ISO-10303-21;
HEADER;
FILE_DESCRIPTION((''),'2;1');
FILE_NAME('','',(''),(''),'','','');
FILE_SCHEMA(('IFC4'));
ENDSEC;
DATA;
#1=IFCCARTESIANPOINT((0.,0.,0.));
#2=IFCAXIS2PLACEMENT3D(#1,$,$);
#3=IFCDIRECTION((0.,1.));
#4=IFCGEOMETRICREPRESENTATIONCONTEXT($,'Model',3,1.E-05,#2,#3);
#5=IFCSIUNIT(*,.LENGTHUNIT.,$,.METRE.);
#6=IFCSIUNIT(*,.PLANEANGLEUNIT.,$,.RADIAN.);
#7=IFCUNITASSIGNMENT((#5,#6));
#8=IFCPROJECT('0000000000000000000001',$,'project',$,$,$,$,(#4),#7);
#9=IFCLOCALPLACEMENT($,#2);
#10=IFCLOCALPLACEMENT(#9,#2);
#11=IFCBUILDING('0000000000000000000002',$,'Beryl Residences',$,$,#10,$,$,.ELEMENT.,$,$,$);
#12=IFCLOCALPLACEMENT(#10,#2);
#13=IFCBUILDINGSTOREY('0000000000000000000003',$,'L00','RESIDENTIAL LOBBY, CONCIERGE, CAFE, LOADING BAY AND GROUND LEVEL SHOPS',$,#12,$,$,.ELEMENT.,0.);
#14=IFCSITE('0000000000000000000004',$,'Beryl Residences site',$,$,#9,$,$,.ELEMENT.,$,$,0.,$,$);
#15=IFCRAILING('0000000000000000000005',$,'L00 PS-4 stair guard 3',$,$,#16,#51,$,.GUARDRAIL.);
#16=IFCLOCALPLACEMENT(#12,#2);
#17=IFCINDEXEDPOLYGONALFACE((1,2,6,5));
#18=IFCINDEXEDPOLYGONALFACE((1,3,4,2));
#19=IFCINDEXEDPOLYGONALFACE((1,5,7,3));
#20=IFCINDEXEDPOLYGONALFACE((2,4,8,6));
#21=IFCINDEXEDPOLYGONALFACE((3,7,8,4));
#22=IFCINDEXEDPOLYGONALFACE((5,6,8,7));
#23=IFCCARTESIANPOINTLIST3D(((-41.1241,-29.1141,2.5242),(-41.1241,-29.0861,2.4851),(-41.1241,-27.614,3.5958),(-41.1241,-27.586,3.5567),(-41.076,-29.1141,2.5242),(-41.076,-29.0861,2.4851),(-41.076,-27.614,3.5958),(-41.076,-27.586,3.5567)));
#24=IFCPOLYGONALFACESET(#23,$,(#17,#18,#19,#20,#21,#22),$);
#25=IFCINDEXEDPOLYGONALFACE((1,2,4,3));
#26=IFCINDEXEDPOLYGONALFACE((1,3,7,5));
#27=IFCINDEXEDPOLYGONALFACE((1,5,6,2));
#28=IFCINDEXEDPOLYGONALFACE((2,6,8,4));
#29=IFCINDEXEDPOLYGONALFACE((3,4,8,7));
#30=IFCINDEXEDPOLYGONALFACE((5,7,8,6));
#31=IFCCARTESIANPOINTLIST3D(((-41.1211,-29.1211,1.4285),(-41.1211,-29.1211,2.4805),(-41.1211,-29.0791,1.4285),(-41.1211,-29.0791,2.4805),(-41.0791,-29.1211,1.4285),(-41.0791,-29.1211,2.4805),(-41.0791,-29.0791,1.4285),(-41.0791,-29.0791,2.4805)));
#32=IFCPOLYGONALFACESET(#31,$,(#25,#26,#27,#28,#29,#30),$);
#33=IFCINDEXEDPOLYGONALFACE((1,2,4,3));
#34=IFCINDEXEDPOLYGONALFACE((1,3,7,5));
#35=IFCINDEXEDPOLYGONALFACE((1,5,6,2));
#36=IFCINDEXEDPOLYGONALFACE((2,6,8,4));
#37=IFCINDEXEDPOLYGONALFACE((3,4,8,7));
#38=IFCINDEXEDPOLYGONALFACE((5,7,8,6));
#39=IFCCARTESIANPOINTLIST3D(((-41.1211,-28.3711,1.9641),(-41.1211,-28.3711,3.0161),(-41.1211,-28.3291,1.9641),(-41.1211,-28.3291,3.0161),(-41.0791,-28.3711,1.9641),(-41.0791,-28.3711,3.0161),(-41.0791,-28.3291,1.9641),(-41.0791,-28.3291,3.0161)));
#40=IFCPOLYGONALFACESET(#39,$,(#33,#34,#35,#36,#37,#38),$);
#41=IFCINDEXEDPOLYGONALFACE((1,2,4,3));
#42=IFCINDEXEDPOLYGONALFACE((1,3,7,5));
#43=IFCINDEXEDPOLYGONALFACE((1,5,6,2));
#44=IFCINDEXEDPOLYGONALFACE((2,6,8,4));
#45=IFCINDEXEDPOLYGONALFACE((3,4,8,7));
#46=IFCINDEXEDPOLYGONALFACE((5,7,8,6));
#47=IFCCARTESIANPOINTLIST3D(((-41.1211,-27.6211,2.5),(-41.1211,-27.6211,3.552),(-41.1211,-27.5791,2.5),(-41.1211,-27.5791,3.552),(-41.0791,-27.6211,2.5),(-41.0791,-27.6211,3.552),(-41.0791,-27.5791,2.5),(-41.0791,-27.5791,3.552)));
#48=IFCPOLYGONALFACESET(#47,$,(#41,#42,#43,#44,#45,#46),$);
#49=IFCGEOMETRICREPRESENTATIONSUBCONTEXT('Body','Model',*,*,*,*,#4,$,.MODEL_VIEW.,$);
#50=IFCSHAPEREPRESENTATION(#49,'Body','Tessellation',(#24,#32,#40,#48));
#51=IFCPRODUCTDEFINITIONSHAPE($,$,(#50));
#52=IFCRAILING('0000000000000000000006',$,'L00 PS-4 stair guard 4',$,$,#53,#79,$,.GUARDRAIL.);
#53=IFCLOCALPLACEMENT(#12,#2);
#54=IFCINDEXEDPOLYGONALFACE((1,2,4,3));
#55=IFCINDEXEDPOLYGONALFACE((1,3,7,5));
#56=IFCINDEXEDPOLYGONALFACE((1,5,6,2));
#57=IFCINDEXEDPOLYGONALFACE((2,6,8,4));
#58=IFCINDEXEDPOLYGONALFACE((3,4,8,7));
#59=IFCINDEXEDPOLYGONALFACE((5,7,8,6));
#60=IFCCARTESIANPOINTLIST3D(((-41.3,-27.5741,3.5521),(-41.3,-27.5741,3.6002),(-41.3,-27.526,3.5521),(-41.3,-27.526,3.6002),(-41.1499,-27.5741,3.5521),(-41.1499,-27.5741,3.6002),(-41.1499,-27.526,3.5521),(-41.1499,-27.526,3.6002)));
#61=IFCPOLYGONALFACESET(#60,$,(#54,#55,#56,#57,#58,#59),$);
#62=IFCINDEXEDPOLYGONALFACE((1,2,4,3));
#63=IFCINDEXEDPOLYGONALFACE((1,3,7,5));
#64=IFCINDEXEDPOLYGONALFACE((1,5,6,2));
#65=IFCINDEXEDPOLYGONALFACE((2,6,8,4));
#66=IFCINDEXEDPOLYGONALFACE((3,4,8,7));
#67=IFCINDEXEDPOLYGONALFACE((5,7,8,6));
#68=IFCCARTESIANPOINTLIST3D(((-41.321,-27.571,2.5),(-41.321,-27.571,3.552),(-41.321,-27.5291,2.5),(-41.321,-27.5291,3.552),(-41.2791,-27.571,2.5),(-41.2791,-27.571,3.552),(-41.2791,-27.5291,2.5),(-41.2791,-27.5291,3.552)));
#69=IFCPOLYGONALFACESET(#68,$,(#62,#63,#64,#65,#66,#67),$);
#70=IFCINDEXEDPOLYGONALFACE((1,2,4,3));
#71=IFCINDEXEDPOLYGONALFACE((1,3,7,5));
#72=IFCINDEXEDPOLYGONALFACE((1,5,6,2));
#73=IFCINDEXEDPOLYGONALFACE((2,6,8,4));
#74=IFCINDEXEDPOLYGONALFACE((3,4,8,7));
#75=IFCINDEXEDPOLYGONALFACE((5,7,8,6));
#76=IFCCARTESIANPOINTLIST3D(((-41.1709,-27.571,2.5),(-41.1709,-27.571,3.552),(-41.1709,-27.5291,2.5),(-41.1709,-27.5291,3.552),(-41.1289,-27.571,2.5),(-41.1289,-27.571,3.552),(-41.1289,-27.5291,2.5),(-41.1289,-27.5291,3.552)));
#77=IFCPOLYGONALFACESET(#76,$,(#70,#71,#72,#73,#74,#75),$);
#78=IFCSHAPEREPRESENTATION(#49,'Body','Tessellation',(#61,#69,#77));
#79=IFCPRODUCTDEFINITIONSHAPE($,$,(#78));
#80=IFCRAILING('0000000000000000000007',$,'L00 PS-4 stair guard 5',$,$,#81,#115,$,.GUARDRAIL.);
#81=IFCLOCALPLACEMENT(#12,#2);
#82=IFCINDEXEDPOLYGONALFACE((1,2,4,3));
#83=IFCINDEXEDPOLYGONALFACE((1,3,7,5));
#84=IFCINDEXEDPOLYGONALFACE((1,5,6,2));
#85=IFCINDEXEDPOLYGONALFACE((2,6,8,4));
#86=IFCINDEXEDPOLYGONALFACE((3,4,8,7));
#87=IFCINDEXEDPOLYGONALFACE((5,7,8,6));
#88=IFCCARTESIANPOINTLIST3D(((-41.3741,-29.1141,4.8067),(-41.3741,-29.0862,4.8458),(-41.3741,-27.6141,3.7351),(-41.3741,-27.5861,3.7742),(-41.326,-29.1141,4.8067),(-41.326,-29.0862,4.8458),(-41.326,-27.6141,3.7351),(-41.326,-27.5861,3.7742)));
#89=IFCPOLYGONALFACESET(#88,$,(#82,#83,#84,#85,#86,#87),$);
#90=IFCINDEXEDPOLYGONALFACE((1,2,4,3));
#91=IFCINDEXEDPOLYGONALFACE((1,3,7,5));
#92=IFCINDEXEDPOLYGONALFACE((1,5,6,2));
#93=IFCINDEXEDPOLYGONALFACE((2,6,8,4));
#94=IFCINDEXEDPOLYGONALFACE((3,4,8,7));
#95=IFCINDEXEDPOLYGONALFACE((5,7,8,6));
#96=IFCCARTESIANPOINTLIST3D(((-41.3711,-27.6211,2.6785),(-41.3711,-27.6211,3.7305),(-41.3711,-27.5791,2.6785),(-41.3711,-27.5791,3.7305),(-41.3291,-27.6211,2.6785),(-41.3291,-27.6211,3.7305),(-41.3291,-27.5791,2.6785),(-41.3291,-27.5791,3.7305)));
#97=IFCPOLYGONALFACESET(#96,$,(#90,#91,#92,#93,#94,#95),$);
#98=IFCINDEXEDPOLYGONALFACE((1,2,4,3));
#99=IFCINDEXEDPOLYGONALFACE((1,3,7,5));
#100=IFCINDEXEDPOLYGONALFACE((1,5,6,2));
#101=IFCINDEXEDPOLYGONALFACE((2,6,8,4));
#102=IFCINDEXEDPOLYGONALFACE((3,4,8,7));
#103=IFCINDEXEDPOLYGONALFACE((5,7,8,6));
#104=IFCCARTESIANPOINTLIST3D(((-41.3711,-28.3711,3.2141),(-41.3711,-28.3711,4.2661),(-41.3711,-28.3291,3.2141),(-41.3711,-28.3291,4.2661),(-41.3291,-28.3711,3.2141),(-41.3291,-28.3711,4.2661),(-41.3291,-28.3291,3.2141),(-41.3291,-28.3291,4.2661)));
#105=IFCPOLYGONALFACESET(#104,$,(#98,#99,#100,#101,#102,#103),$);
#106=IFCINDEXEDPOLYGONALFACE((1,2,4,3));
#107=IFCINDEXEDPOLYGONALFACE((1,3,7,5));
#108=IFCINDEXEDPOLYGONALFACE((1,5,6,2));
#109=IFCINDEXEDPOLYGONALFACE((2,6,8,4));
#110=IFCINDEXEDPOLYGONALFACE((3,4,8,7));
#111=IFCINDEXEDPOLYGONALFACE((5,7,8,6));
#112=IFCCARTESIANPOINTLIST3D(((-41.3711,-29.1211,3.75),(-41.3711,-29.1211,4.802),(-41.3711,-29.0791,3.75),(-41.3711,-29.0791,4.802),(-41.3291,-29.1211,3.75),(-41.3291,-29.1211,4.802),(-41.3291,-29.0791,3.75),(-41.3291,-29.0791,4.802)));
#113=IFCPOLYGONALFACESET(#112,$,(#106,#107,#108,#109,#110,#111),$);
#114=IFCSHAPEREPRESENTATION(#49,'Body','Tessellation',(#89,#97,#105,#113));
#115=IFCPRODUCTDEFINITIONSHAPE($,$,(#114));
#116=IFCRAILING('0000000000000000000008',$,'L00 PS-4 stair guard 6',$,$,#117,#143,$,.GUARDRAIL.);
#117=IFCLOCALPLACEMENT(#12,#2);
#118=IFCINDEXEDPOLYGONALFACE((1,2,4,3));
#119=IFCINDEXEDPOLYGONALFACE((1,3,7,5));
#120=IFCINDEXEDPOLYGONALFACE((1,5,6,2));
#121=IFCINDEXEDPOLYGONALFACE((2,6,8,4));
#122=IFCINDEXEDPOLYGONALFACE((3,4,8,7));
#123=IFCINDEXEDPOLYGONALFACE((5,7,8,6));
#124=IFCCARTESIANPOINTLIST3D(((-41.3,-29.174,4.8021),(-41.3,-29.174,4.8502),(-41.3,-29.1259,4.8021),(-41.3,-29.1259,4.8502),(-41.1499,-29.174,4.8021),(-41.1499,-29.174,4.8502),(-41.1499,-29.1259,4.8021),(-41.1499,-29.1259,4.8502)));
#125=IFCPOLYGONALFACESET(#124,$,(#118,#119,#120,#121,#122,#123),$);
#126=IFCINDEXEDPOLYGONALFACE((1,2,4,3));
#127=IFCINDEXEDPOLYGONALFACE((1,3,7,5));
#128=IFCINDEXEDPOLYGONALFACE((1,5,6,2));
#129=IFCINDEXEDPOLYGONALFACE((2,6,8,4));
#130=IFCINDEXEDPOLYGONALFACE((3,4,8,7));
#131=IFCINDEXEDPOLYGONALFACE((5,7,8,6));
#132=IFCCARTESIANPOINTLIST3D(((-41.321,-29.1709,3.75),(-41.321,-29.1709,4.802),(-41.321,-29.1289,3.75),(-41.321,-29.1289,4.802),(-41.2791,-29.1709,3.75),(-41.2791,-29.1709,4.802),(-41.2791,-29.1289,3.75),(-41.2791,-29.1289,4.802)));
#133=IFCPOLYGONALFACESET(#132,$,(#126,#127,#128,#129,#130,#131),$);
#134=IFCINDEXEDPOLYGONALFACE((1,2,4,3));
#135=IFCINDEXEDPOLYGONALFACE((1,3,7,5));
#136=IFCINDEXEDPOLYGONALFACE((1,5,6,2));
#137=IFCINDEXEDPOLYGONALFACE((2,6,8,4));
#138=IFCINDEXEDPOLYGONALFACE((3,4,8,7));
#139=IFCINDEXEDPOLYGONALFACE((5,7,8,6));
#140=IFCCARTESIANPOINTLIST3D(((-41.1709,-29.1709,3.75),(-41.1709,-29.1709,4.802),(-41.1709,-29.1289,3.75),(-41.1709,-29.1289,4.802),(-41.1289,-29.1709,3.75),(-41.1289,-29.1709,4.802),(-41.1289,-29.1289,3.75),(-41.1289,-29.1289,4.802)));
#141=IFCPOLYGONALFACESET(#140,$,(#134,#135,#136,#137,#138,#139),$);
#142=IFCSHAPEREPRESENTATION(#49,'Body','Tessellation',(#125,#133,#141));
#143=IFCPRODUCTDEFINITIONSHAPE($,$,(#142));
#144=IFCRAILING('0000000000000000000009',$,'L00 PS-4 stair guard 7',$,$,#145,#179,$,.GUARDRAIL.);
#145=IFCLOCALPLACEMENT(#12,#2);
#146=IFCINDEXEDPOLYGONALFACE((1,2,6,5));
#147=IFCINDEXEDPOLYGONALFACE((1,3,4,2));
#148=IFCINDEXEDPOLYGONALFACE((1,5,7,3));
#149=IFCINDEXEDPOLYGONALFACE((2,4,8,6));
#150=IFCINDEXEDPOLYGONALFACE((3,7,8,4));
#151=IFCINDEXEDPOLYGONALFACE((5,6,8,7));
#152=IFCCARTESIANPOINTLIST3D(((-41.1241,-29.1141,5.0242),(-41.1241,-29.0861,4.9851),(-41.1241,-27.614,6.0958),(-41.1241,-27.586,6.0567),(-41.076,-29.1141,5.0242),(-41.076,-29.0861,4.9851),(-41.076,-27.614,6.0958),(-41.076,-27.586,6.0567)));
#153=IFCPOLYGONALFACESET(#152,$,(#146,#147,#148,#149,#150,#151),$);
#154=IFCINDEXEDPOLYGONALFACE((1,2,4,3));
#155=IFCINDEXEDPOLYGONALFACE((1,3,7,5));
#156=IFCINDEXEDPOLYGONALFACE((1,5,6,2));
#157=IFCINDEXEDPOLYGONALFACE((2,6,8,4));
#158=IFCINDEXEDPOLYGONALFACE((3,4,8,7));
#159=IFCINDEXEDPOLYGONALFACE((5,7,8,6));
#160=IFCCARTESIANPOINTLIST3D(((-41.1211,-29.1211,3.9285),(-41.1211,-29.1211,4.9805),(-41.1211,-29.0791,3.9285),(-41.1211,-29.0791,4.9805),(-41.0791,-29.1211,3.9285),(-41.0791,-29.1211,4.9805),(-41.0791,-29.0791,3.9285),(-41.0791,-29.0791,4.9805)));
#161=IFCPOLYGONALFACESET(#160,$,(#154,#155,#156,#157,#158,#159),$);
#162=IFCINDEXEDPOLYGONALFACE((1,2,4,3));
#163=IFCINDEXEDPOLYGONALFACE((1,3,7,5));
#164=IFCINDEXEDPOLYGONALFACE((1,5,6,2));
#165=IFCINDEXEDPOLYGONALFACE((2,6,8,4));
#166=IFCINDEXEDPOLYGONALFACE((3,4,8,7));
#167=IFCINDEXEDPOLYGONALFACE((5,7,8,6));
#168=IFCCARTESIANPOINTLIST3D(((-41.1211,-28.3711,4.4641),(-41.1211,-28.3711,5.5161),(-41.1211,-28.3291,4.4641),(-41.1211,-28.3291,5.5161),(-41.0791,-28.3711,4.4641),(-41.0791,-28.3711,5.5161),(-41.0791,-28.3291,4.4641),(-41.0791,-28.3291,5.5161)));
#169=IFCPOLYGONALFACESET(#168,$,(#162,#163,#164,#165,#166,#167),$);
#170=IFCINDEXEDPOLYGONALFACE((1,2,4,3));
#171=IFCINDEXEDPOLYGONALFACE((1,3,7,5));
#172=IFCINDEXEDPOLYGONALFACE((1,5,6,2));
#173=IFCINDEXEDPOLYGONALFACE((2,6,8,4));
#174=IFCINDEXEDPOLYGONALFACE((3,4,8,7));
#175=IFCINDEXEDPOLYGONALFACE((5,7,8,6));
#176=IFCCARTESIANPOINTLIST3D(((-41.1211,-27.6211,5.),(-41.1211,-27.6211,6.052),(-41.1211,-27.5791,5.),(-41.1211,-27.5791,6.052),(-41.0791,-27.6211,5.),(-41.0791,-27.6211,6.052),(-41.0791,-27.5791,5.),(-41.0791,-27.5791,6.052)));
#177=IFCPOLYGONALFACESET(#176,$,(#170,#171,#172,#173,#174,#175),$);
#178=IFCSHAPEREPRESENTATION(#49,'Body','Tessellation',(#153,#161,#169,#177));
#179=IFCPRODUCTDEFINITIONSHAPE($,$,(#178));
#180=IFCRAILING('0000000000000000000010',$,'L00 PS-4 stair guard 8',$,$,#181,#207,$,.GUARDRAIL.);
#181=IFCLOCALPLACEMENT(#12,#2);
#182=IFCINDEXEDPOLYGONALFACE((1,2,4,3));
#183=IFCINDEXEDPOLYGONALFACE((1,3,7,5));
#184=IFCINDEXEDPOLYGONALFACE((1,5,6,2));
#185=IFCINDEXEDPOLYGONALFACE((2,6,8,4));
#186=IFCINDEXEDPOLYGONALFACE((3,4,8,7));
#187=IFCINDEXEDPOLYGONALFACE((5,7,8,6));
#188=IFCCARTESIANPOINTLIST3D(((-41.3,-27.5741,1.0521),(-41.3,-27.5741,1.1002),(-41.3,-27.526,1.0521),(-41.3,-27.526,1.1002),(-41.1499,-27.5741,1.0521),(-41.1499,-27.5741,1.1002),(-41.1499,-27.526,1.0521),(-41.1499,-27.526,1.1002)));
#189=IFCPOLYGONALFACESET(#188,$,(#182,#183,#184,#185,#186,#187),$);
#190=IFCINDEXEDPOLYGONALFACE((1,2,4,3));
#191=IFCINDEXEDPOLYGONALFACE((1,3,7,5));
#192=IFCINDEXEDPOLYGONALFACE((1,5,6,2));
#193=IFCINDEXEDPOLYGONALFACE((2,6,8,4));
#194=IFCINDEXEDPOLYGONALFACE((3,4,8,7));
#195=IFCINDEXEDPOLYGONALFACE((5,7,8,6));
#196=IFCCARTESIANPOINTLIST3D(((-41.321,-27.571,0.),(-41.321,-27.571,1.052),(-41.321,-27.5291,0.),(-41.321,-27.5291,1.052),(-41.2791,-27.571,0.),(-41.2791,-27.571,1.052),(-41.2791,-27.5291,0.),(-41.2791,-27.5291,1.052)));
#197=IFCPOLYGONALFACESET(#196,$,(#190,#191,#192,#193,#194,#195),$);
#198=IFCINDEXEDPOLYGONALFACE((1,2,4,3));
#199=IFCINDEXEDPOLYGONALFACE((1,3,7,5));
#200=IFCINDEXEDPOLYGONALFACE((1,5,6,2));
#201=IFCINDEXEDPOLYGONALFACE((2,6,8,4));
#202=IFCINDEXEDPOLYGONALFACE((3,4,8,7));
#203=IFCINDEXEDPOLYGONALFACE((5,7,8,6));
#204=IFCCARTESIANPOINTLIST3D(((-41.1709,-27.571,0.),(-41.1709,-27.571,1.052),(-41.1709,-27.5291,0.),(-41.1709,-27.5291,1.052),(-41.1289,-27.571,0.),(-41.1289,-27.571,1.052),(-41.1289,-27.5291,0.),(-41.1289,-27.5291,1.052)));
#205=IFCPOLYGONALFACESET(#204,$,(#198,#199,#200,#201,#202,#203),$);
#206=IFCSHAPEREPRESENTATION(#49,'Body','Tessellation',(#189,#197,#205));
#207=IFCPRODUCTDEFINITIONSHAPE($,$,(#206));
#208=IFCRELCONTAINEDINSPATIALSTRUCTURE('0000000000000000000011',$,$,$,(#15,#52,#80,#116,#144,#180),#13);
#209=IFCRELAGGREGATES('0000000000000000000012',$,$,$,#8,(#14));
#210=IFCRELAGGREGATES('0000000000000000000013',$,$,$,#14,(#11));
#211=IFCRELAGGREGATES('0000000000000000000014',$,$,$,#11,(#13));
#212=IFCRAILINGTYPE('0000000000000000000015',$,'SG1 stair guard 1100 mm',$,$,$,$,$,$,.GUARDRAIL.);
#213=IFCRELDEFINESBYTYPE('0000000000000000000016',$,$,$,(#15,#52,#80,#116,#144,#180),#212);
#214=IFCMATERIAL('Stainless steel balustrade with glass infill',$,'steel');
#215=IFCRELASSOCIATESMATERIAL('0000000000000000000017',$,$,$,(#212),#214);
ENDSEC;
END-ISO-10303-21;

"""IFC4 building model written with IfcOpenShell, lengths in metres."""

from ifc_helpers import new_model, si_unit, direction, frame, origin, origin_2d, place, context, subcontext, project, spatial, rectangle, extrude, material, type_object, element, save


model = new_model("IFC4")

# Units and contexts
model_context = context("Model", 3, precision=1e-05, world=origin(), true_north=direction((0.0, 1.0)))
body_context = subcontext(model_context, "Body", "Model", "MODEL_VIEW")
ifc_project = project(units=[si_unit("LENGTHUNIT", "METRE"), si_unit("PLANEANGLEUNIT", "RADIAN")], contexts=[model_context])

# Site, building, storey
site_placement = place(None, origin())
site = spatial("IfcSite", under=ifc_project, at=site_placement, Name="Beryl Residences site", CompositionType="ELEMENT", RefElevation=0.0)
building_placement = place(site_placement, origin())
building = spatial("IfcBuilding", under=site, at=building_placement, Name="Beryl Residences", CompositionType="ELEMENT")
storey_placement = place(building_placement, origin())
storey = spatial("IfcBuildingStorey", under=building, at=storey_placement, Name="L00", Description="RESIDENTIAL LOBBY, CONCIERGE, CAFE, LOADING BAY AND GROUND LEVEL SHOPS", CompositionType="ELEMENT", Elevation=0.0)

# Railings
ifc_material_1 = material(Name="Stainless steel balustrade with glass infill", Category="steel")
railing_type_1 = type_object("IfcRailingType", Name="SG1 stair guard 1100 mm", PredefinedType="GUARDRAIL", material=ifc_material_1)
railing_1_placement = place(storey_placement, frame((-41.1001, -29.1001, 1.4285)))
element("IfcRailing", 1, at=railing_1_placement, inside=storey, type_object=railing_type_1, Name="L00 PS-4 stair guard 3", PredefinedType="GUARDRAIL", context=body_context, shape_type="SweptSolid", body=[
    extrude(rectangle(XDim=0.0481, YDim=0.0481, at=origin_2d()), frame((0.0, 0.0, 1.0762), z_axis=(0.0, 0.813707, 0.581276), x_axis=(-1.0, 0.0, 0.0)), (0.0, 0.0, 1.0), 1.8435),
    extrude(rectangle(XDim=0.042, YDim=0.042, at=origin_2d()), origin(), (0.0, 0.0, 1.0), 1.052),
    extrude(rectangle(XDim=0.042, YDim=0.042, at=origin_2d()), frame((0.0, 0.75, 0.5356)), (0.0, 0.0, 1.0), 1.052),
    extrude(rectangle(XDim=0.042, YDim=0.042, at=origin_2d()), frame((0.0, 1.5, 1.0715)), (0.0, 0.0, 1.0), 1.052),
])
railing_2_placement = place(storey_placement, frame((-41.3, -27.55, 2.5)))
element("IfcRailing", 2, at=railing_2_placement, inside=storey, type_object=railing_type_1, Name="L00 PS-4 stair guard 4", PredefinedType="GUARDRAIL", context=body_context, shape_type="SweptSolid", body=[
    extrude(rectangle(XDim=0.0481, YDim=0.0481, at=origin_2d()), frame((0.0, 0.0, 1.0762), z_axis=(1.0, 0.0, 0.0), x_axis=(0.0, 1.0, 0.0)), (0.0, 0.0, 1.0), 0.1501),
    extrude(rectangle(XDim=0.042, YDim=0.042, at=origin_2d()), origin(), (0.0, 0.0, 1.0), 1.052),
    extrude(rectangle(XDim=0.042, YDim=0.042, at=origin_2d()), frame((0.1501, 0.0, 0.0)), (0.0, 0.0, 1.0), 1.052),
])
railing_3_placement = place(storey_placement, frame((-41.3501, -27.6001, 2.6785)))
element("IfcRailing", 3, at=railing_3_placement, inside=storey, type_object=railing_type_1, Name="L00 PS-4 stair guard 5", PredefinedType="GUARDRAIL", context=body_context, shape_type="SweptSolid", body=[
    extrude(rectangle(XDim=0.0481, YDim=0.0481, at=origin_2d()), frame((0.0, 0.0, 1.0762), z_axis=(0.0, -0.813707, 0.581276), x_axis=(1.0, 0.0, 0.0)), (0.0, 0.0, 1.0), 1.8435),
    extrude(rectangle(XDim=0.042, YDim=0.042, at=origin_2d()), origin(), (0.0, 0.0, 1.0), 1.052),
    extrude(rectangle(XDim=0.042, YDim=0.042, at=origin_2d()), frame((0.0, -0.75, 0.5356)), (0.0, 0.0, 1.0), 1.052),
    extrude(rectangle(XDim=0.042, YDim=0.042, at=origin_2d()), frame((0.0, -1.5, 1.0715)), (0.0, 0.0, 1.0), 1.052),
])
railing_4_placement = place(storey_placement, frame((-41.3, -29.1499, 3.75)))
element("IfcRailing", 4, at=railing_4_placement, inside=storey, type_object=railing_type_1, Name="L00 PS-4 stair guard 6", PredefinedType="GUARDRAIL", context=body_context, shape_type="SweptSolid", body=[
    extrude(rectangle(XDim=0.0481, YDim=0.0481, at=origin_2d()), frame((0.0, 0.0, 1.0762), z_axis=(1.0, 0.0, 0.0), x_axis=(0.0, 1.0, 0.0)), (0.0, 0.0, 1.0), 0.1501),
    extrude(rectangle(XDim=0.042, YDim=0.042, at=origin_2d()), origin(), (0.0, 0.0, 1.0), 1.052),
    extrude(rectangle(XDim=0.042, YDim=0.042, at=origin_2d()), frame((0.1501, 0.0, 0.0)), (0.0, 0.0, 1.0), 1.052),
])
railing_5_placement = place(storey_placement, frame((-41.1001, -29.1001, 3.9285)))
element("IfcRailing", 5, at=railing_5_placement, inside=storey, type_object=railing_type_1, Name="L00 PS-4 stair guard 7", PredefinedType="GUARDRAIL", context=body_context, shape_type="SweptSolid", body=[
    extrude(rectangle(XDim=0.0481, YDim=0.0481, at=origin_2d()), frame((0.0, 0.0, 1.0762), z_axis=(0.0, 0.813707, 0.581276), x_axis=(-1.0, 0.0, 0.0)), (0.0, 0.0, 1.0), 1.8435),
    extrude(rectangle(XDim=0.042, YDim=0.042, at=origin_2d()), origin(), (0.0, 0.0, 1.0), 1.052),
    extrude(rectangle(XDim=0.042, YDim=0.042, at=origin_2d()), frame((0.0, 0.75, 0.5356)), (0.0, 0.0, 1.0), 1.052),
    extrude(rectangle(XDim=0.042, YDim=0.042, at=origin_2d()), frame((0.0, 1.5, 1.0715)), (0.0, 0.0, 1.0), 1.052),
])
railing_6_placement = place(storey_placement, frame((-41.3, -27.55, 0.0)))
element("IfcRailing", 6, at=railing_6_placement, inside=storey, type_object=railing_type_1, Name="L00 PS-4 stair guard 8", PredefinedType="GUARDRAIL", context=body_context, shape_type="SweptSolid", body=[
    extrude(rectangle(XDim=0.0481, YDim=0.0481, at=origin_2d()), frame((0.0, 0.0, 1.0762), z_axis=(1.0, 0.0, 0.0), x_axis=(0.0, 1.0, 0.0)), (0.0, 0.0, 1.0), 0.1501),
    extrude(rectangle(XDim=0.042, YDim=0.042, at=origin_2d()), origin(), (0.0, 0.0, 1.0), 1.052),
    extrude(rectangle(XDim=0.042, YDim=0.042, at=origin_2d()), frame((0.1501, 0.0, 0.0)), (0.0, 0.0, 1.0), 1.052),
])

save(model, "model.ifc")
